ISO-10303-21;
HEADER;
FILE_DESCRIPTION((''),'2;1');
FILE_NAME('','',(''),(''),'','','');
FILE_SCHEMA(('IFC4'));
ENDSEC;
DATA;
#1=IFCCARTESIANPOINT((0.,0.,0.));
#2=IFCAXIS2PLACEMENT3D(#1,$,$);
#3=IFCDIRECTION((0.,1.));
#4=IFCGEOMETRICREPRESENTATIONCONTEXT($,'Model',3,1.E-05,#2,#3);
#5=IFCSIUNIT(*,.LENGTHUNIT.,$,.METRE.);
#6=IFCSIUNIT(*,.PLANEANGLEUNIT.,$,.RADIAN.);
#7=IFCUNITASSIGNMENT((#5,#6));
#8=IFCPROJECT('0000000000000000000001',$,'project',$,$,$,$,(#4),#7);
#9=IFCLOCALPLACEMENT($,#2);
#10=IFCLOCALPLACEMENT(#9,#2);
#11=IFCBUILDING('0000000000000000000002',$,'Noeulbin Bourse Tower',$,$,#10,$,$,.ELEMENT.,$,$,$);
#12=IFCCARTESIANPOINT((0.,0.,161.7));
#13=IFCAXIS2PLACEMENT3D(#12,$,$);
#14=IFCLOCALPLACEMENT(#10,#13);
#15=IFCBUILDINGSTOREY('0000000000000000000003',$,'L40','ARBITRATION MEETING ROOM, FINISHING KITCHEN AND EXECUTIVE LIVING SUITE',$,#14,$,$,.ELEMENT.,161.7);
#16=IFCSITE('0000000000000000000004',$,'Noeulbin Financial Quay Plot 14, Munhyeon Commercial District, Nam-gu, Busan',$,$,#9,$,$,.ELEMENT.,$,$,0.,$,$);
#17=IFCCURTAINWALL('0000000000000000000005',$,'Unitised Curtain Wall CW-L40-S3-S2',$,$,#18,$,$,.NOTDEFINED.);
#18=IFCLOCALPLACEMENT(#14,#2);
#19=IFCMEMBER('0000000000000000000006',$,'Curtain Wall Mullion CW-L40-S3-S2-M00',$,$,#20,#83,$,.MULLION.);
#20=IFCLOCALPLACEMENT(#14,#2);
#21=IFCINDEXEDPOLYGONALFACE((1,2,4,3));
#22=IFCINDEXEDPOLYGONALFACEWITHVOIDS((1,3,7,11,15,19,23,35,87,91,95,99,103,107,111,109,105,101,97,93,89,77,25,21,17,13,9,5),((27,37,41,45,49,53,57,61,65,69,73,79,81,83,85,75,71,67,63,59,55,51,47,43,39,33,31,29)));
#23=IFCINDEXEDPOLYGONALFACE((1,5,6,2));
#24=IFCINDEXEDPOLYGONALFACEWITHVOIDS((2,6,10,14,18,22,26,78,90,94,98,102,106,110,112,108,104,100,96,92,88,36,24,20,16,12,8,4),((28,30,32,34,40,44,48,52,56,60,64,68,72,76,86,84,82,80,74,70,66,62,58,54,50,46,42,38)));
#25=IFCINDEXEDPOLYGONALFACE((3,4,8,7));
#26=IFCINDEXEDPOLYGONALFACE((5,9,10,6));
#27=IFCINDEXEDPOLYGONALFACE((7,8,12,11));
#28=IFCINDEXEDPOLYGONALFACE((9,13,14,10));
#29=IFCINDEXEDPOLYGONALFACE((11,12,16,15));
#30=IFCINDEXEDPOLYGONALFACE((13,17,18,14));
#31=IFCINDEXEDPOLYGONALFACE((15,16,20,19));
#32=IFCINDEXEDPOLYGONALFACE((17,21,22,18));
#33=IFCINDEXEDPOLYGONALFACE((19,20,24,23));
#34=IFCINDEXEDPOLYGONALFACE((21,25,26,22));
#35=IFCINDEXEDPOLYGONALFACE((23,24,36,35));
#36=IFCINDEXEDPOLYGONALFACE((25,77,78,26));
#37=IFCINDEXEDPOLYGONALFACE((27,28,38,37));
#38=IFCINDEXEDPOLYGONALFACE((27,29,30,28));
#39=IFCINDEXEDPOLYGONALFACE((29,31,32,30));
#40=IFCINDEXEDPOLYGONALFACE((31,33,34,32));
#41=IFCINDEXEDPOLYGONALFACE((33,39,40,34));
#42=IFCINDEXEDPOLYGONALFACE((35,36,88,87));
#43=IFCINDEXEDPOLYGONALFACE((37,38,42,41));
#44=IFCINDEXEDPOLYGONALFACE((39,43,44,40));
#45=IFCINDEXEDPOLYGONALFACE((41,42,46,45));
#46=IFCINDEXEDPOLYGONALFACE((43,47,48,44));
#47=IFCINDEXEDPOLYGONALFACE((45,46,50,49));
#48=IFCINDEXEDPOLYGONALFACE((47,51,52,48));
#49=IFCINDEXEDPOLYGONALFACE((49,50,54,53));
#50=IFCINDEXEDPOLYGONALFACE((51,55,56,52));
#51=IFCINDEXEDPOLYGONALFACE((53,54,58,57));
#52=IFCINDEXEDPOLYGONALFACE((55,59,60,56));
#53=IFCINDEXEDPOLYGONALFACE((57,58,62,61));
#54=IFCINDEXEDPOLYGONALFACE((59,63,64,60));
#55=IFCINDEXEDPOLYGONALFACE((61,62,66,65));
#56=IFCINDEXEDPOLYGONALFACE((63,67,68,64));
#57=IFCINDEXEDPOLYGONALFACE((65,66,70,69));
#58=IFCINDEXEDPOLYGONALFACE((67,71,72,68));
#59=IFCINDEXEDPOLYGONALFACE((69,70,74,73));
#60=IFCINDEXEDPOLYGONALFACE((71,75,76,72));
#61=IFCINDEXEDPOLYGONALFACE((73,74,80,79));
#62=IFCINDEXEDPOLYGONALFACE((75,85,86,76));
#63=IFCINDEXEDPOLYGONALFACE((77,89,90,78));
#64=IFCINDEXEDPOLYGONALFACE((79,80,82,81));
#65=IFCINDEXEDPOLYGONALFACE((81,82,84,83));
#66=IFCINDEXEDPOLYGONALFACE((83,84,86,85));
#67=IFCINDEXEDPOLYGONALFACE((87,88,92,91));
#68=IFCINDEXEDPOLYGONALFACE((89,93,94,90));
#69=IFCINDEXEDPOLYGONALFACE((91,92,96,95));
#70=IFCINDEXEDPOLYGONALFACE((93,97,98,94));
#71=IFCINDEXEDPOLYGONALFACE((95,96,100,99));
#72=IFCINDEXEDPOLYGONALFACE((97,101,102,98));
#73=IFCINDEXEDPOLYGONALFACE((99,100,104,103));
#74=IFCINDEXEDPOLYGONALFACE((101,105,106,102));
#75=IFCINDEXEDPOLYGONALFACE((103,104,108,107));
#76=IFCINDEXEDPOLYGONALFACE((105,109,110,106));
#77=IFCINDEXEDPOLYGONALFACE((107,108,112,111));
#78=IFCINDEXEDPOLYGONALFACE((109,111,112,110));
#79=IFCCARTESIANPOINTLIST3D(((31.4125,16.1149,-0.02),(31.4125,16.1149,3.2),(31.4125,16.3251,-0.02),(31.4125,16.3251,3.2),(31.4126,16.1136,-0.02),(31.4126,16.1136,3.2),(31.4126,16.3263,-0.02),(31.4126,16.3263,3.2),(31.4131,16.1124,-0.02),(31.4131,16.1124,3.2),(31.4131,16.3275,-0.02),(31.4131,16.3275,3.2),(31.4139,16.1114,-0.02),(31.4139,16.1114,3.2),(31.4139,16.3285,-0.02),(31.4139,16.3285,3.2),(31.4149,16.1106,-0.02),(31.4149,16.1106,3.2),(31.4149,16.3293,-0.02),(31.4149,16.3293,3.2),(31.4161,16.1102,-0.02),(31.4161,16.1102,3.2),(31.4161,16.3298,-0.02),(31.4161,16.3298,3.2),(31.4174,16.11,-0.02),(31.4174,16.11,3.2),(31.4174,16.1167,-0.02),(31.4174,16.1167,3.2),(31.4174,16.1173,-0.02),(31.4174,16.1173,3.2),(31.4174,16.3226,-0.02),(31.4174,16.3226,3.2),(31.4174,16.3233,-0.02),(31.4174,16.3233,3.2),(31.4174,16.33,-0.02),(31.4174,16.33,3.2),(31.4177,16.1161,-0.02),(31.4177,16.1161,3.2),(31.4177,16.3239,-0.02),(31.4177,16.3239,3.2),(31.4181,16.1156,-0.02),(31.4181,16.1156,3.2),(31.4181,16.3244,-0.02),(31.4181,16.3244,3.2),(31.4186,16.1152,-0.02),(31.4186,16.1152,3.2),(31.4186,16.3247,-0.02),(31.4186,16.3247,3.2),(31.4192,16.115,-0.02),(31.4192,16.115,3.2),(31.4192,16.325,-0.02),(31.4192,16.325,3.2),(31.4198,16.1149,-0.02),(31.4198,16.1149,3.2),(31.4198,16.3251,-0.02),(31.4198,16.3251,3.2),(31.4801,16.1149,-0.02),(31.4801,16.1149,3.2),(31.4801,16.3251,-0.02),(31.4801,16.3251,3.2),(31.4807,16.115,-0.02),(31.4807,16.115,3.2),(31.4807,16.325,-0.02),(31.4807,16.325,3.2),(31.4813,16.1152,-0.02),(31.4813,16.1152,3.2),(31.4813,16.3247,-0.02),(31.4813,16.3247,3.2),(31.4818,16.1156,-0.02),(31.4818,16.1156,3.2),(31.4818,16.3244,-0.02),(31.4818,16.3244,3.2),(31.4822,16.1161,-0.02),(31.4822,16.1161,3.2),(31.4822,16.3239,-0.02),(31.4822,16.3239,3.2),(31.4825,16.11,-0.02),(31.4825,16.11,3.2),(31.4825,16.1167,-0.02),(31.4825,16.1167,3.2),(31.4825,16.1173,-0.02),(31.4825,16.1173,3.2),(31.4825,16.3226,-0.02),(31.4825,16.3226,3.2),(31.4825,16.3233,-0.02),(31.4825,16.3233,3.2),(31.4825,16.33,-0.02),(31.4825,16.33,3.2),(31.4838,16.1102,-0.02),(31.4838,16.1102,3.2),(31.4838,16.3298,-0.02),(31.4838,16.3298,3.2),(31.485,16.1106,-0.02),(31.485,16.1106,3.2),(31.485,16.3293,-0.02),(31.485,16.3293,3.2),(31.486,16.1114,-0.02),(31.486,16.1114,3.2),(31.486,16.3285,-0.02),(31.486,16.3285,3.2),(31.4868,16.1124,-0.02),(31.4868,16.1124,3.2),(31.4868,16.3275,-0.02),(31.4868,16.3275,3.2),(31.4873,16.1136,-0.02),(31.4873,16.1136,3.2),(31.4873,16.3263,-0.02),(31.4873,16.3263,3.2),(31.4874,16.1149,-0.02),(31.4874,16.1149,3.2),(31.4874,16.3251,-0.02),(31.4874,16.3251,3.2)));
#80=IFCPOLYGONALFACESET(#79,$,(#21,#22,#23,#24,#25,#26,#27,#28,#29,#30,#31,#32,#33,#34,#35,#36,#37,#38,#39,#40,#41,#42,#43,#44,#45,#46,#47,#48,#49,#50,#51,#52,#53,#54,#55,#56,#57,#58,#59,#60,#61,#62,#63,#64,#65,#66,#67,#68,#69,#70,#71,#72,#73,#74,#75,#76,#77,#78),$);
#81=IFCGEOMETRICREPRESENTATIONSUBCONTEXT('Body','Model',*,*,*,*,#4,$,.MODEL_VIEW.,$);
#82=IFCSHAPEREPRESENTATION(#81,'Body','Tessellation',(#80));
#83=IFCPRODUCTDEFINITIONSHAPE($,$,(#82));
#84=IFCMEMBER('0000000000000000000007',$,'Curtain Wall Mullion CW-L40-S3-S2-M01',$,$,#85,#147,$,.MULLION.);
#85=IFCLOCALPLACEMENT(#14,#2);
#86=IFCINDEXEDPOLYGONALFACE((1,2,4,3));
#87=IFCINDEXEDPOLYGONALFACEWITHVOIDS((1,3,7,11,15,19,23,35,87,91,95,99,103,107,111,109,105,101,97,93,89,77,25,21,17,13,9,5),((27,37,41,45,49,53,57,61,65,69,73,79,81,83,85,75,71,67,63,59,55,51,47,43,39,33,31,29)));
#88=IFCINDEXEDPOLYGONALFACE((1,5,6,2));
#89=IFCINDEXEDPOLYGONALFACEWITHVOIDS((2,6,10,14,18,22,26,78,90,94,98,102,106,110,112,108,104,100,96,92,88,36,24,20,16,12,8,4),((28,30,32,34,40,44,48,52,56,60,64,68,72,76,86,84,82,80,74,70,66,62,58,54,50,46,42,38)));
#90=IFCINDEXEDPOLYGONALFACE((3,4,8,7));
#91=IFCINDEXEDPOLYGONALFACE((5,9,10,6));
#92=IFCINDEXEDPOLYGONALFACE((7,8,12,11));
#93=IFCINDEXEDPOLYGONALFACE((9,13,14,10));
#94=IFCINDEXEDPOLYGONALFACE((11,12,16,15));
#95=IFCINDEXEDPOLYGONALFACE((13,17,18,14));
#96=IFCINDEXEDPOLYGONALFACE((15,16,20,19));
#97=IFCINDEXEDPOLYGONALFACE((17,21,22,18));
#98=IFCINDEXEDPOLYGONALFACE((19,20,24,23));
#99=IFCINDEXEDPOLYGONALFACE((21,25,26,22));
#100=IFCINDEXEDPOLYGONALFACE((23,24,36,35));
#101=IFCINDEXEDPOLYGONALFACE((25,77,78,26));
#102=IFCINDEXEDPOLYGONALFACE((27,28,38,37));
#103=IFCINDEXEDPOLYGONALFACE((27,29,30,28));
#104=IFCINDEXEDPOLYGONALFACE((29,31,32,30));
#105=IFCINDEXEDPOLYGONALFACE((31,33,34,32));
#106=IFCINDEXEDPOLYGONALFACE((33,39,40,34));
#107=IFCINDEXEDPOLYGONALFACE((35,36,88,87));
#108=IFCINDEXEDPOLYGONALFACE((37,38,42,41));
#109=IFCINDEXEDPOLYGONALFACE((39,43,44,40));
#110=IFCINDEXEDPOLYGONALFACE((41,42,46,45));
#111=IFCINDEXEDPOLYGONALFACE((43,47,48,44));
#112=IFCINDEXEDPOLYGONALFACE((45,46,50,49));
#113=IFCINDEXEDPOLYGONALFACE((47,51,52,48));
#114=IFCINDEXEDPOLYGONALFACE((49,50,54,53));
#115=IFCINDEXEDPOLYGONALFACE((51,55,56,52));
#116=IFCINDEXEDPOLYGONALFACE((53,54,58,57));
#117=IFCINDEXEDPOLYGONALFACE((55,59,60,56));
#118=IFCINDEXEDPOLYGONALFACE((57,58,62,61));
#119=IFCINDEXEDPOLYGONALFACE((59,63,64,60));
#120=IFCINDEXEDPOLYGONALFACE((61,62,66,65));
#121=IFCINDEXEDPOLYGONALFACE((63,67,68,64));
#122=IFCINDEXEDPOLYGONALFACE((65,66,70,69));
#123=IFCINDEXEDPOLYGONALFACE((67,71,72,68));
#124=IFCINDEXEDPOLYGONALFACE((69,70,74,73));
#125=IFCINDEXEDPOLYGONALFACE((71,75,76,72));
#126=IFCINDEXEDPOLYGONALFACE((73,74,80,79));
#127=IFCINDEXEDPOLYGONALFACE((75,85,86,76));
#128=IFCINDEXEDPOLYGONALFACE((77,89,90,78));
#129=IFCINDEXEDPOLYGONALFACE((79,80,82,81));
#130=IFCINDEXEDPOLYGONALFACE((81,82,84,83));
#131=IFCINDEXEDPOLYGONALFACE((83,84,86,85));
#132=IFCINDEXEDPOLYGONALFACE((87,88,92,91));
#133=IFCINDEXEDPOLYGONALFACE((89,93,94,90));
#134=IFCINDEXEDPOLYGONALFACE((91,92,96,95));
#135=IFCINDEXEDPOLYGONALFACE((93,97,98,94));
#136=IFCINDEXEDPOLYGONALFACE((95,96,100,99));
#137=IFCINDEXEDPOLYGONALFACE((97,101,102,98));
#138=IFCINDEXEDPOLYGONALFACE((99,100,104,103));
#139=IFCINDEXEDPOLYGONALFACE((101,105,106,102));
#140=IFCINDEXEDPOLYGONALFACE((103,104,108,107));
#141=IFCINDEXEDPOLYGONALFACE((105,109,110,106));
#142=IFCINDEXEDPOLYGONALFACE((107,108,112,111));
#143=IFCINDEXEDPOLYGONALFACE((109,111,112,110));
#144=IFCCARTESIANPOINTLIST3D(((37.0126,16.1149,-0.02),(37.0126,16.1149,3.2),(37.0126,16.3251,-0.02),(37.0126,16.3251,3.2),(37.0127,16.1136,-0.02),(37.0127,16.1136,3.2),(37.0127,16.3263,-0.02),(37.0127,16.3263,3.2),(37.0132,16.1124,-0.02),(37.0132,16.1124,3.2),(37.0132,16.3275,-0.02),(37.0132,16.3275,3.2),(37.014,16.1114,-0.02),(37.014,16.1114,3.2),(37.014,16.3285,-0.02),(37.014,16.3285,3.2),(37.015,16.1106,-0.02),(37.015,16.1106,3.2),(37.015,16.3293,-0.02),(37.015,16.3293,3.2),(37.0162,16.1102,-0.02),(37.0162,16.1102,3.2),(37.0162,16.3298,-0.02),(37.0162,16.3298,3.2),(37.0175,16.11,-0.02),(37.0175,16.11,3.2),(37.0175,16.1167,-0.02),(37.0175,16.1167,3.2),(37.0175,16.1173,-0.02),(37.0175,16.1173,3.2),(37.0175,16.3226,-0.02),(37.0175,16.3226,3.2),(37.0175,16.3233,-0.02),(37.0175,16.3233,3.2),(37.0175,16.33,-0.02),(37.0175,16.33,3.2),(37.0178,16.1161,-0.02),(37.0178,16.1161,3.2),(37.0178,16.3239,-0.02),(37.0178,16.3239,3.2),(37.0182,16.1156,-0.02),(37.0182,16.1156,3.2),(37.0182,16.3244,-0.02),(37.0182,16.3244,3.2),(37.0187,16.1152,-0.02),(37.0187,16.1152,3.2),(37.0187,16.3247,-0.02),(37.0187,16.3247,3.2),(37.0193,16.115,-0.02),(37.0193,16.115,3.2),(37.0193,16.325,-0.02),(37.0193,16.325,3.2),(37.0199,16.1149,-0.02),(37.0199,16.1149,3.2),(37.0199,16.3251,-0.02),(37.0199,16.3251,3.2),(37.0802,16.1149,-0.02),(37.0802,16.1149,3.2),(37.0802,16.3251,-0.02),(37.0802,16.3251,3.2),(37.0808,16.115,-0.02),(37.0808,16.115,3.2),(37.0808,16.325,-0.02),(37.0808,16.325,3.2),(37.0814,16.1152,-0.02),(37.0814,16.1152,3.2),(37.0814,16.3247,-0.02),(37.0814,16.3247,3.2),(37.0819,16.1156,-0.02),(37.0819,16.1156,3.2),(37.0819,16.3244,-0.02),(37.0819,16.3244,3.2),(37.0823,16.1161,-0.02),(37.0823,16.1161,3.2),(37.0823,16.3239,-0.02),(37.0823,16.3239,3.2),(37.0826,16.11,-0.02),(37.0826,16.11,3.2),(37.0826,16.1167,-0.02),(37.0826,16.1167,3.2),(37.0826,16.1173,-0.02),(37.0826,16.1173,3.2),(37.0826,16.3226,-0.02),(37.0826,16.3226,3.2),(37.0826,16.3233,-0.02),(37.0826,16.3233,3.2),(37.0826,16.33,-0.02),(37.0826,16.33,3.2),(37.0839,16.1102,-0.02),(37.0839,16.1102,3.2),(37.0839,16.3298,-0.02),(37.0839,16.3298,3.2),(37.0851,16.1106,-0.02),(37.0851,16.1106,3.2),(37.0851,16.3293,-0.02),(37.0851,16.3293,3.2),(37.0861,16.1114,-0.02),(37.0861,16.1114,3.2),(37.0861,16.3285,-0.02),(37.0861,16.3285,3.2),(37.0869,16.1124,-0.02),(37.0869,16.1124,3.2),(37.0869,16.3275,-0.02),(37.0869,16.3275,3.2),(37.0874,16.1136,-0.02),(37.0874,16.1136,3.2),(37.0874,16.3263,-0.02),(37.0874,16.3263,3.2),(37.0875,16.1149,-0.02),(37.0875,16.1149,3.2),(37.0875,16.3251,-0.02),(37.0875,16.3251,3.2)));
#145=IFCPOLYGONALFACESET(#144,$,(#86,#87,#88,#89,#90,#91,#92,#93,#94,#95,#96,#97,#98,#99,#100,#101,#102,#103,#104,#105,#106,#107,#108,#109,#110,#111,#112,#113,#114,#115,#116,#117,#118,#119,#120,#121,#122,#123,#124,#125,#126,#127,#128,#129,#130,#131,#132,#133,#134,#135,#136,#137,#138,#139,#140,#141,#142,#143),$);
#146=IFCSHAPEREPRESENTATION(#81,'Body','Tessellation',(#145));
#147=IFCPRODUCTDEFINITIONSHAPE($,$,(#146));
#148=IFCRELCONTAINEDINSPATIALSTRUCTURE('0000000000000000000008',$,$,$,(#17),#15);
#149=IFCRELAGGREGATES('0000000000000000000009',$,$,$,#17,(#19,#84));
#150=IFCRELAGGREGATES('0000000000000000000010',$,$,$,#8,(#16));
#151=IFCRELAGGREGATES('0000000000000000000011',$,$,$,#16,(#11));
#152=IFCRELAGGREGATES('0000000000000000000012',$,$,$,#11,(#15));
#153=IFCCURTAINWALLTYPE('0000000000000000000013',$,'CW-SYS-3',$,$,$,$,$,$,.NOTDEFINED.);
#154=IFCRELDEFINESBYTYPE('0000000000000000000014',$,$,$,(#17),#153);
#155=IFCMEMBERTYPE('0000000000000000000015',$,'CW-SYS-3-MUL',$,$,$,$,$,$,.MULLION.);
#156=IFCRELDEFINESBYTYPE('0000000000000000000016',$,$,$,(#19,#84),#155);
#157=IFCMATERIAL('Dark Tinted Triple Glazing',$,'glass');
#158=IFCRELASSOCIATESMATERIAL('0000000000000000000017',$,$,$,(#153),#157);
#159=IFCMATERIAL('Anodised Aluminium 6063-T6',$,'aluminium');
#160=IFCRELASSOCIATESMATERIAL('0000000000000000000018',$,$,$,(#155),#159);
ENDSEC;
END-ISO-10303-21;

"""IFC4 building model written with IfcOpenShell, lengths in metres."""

from ifc_helpers import new_model, si_unit, direction, frame, origin, origin_2d, place, context, subcontext, project, spatial, hollow_rectangle, extrude, material, material_profile, profile_set, type_object, element, aggregate, save


model = new_model("IFC4")

# Units and contexts
model_context = context("Model", 3, precision=1e-05, world=origin(), true_north=direction((0.0, 1.0)))
body_context = subcontext(model_context, "Body", "Model", "MODEL_VIEW")
ifc_project = project(units=[si_unit("LENGTHUNIT", "METRE"), si_unit("PLANEANGLEUNIT", "RADIAN")], contexts=[model_context])

# Site, building, storey
site_placement = place(None, origin())
site = spatial("IfcSite", under=ifc_project, at=site_placement, Name="Noeulbin Financial Quay Plot 14, Munhyeon Commercial District, Nam-gu, Busan", CompositionType="ELEMENT", RefElevation=0.0)
building_placement = place(site_placement, origin())
building = spatial("IfcBuilding", under=site, at=building_placement, Name="Noeulbin Bourse Tower", CompositionType="ELEMENT")
storey_placement = place(building_placement, frame((0.0, 0.0, 161.7)))
storey = spatial("IfcBuildingStorey", under=building, at=storey_placement, Name="L40", Description="ARBITRATION MEETING ROOM, FINISHING KITCHEN AND EXECUTIVE LIVING SUITE", CompositionType="ELEMENT", Elevation=161.7)

# Curtain wall, members
ifc_material_1 = material(Name="Dark Tinted Triple Glazing", Category="glass")
curtain_wall_type = type_object("IfcCurtainWallType", Name="CW-SYS-3", PredefinedType="NOTDEFINED", material=ifc_material_1)
ifc_material_2 = material(Name="Anodised Aluminium 6063-T6", Category="aluminium")
ifc_material_profile_1 = material_profile(ifc_material_2, hollow_rectangle(XDim=0.075, YDim=0.22, WallThickness=0.0049, InnerFilletRadius=0.0024, OuterFilletRadius=0.0049, at=origin_2d()), Name="ALU-MULL-75x220x5", Category="LoadBearing")
ifc_profile_set_1 = profile_set([ifc_material_profile_1], Name="Anodised Aluminium 6063-T6")
member_type_1 = type_object("IfcMemberType", Name="CW-SYS-3-MUL", PredefinedType="MULLION", material=ifc_profile_set_1)
curtain_wall_1_placement = place(storey_placement, origin())
curtain_wall_1 = element("IfcCurtainWall", 1, at=curtain_wall_1_placement, inside=storey, type_object=curtain_wall_type, Name="Unitised Curtain Wall CW-L40-S3-S2", PredefinedType="NOTDEFINED")
member_1_placement = place(storey_placement, frame((31.45, 16.22, -0.02), z_axis=(0.0, 0.0, 1.0), x_axis=(1.0, 0.0, 0.0)))
member_1 = element("IfcMember", 2, at=member_1_placement, type_object=member_type_1, Name="Curtain Wall Mullion CW-L40-S3-S2-M00", PredefinedType="MULLION", context=body_context, shape_type="SweptSolid", body=[
    extrude(hollow_rectangle(XDim=0.075, YDim=0.22, WallThickness=0.0049, InnerFilletRadius=0.0024, OuterFilletRadius=0.0049, at=origin_2d()), origin(), (0.0, 0.0, 1.0), 3.22),
])
member_2_placement = place(storey_placement, frame((37.05, 16.22, -0.02), z_axis=(0.0, 0.0, 1.0), x_axis=(1.0, 0.0, 0.0)))
member_2 = element("IfcMember", 3, at=member_2_placement, type_object=member_type_1, Name="Curtain Wall Mullion CW-L40-S3-S2-M01", PredefinedType="MULLION", context=body_context, shape_type="SweptSolid", body=[
    extrude(hollow_rectangle(XDim=0.075, YDim=0.22, WallThickness=0.0049, InnerFilletRadius=0.0024, OuterFilletRadius=0.0049, at=origin_2d()), origin(), (0.0, 0.0, 1.0), 3.22),
])

aggregate(curtain_wall_1, [member_1, member_2])

save(model, "model.ifc")
